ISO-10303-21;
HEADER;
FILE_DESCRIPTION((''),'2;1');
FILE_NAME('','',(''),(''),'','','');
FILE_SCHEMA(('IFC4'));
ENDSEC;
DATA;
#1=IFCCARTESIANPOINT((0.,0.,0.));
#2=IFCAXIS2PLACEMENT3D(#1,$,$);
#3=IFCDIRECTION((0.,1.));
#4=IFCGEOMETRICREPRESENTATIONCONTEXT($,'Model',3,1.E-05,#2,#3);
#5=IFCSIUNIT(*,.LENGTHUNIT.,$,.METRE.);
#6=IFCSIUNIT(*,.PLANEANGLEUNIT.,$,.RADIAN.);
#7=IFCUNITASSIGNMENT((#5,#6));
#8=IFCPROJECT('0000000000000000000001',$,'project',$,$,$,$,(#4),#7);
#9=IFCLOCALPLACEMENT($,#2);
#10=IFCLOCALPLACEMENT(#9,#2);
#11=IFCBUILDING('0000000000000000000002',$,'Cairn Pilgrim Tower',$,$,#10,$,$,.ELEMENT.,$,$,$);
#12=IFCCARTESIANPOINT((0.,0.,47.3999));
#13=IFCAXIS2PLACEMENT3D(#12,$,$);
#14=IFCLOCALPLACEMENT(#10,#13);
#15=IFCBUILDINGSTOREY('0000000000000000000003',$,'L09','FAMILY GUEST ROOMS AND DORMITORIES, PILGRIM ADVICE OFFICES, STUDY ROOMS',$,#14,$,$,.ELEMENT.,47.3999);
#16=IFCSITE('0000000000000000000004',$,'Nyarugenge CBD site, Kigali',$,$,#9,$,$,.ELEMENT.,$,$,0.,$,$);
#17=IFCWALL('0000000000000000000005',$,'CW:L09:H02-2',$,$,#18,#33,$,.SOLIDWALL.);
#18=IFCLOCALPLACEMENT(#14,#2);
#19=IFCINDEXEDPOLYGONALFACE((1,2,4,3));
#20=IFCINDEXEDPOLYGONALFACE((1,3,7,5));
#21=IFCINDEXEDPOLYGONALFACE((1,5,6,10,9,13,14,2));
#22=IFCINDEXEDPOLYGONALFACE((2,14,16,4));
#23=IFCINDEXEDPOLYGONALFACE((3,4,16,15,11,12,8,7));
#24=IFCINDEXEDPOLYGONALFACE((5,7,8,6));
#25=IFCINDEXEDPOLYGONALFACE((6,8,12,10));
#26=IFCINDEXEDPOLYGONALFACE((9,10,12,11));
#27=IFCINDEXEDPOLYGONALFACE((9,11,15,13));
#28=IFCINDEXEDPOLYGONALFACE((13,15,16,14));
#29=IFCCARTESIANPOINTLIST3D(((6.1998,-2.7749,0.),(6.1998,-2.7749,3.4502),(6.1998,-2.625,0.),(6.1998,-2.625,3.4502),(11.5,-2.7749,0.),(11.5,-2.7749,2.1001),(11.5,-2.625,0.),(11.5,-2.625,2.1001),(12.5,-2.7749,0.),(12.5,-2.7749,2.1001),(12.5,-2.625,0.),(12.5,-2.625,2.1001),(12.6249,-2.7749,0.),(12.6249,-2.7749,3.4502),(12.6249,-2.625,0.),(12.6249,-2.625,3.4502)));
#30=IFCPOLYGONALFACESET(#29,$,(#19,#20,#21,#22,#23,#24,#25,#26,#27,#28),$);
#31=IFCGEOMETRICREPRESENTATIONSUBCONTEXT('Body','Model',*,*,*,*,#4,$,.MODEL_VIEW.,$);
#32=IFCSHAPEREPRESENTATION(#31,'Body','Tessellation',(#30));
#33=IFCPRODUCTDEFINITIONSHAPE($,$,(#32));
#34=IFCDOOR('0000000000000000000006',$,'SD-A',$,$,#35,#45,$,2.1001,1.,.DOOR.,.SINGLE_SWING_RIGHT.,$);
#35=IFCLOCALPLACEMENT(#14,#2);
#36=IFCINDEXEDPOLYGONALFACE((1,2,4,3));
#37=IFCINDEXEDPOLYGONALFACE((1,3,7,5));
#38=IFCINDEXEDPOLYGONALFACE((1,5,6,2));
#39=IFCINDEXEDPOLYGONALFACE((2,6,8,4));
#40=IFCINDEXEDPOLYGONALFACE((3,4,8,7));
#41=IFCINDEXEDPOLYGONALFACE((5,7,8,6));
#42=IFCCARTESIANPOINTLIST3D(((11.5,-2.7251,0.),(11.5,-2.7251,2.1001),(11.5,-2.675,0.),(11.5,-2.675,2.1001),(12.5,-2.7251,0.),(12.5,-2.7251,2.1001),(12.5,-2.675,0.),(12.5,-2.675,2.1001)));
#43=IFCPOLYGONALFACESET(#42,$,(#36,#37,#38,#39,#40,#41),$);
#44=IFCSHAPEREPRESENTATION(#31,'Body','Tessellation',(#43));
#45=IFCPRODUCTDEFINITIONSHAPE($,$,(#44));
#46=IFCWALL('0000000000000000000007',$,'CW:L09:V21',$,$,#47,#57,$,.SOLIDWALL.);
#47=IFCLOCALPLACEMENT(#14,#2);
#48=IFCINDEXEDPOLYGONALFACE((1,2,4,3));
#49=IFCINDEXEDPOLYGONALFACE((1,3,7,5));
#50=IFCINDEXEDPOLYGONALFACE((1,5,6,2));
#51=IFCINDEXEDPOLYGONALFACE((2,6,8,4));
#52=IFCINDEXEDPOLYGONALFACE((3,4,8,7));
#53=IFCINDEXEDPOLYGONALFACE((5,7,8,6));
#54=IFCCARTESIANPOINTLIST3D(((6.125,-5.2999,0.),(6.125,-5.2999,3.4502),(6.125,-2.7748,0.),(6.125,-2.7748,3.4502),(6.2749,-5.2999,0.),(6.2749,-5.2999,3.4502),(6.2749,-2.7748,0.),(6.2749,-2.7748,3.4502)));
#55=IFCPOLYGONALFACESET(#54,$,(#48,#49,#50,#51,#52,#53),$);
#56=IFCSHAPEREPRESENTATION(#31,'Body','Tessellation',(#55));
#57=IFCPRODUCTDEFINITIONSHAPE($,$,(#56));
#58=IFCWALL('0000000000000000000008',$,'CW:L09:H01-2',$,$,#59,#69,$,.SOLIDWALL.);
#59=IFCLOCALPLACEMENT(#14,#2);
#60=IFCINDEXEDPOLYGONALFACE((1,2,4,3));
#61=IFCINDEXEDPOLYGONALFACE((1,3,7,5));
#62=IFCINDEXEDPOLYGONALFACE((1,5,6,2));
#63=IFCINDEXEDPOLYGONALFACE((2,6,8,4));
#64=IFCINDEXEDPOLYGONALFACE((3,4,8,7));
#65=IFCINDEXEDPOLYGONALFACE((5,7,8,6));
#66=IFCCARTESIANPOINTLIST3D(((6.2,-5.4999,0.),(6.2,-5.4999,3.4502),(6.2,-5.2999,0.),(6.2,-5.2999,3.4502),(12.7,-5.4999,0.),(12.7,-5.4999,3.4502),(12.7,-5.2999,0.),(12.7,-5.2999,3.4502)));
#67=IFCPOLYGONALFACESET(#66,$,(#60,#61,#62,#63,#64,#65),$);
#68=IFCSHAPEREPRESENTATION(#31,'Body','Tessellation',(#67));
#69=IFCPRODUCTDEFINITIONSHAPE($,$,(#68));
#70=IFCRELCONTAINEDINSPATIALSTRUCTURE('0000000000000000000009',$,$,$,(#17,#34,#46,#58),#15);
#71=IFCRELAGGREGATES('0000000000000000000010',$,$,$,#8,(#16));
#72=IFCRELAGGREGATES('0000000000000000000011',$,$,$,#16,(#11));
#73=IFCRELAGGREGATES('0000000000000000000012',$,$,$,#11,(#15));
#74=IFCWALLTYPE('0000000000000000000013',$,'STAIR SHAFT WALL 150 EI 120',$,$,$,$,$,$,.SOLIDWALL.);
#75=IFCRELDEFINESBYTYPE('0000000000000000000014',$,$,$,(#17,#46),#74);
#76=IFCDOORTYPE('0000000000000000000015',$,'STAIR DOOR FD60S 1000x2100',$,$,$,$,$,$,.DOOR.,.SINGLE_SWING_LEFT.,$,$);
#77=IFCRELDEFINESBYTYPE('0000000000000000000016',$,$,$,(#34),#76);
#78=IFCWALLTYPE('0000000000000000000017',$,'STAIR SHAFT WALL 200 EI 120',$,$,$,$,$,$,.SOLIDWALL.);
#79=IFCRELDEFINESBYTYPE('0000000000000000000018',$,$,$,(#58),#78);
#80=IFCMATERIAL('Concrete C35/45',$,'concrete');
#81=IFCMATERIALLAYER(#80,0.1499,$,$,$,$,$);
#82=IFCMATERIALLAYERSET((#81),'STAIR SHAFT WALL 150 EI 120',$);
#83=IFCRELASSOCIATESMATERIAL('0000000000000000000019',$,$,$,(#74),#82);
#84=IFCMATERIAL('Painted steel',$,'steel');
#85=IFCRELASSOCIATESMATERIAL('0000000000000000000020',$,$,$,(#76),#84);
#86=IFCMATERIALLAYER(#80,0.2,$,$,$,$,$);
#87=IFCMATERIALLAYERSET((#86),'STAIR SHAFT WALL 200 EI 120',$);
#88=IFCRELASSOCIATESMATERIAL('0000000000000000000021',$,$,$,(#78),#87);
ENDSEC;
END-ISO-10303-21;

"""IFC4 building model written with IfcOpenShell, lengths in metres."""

from ifc_helpers import new_model, si_unit, direction, frame, frame_2d, origin, place, context, subcontext, project, spatial, rectangle, extrude, material, layer, layer_set, type_object, element, fill, save


model = new_model("IFC4")

# Units and contexts
model_context = context("Model", 3, precision=1e-05, world=origin(), true_north=direction((0.0, 1.0)))
body_context = subcontext(model_context, "Body", "Model", "MODEL_VIEW")
ifc_project = project(units=[si_unit("LENGTHUNIT", "METRE"), si_unit("PLANEANGLEUNIT", "RADIAN")], contexts=[model_context])

# Site, building, storey
site_placement = place(None, origin())
site = spatial("IfcSite", under=ifc_project, at=site_placement, Name="Nyarugenge CBD site, Kigali", CompositionType="ELEMENT", RefElevation=0.0)
building_placement = place(site_placement, origin())
building = spatial("IfcBuilding", under=site, at=building_placement, Name="Cairn Pilgrim Tower", CompositionType="ELEMENT")
storey_placement = place(building_placement, frame((0.0, 0.0, 47.3999)))
storey = spatial("IfcBuildingStorey", under=building, at=storey_placement, Name="L09", Description="FAMILY GUEST ROOMS AND DORMITORIES, PILGRIM ADVICE OFFICES, STUDY ROOMS", CompositionType="ELEMENT", Elevation=47.3999)

# Wall, opening, door
ifc_material_1 = material(Name="Concrete C35/45", Category="concrete")
ifc_layer_1 = layer(ifc_material_1, 0.1499)
ifc_layer_set_1 = layer_set([ifc_layer_1], Name="STAIR SHAFT WALL 150 EI 120")
wall_type_1 = type_object("IfcWallType", Name="STAIR SHAFT WALL 150 EI 120", PredefinedType="SOLIDWALL", material=ifc_layer_set_1)
wall_1_placement = place(storey_placement, frame((6.2, -2.7, 0.0), z_axis=(0.0, 0.0, 1.0), x_axis=(1.0, 0.0, 0.0)))
wall_1 = element("IfcWall", 1, at=wall_1_placement, inside=storey, type_object=wall_type_1, Name="CW:L09:H02-2", PredefinedType="SOLIDWALL", context=body_context, shape_type="SweptSolid", body=[
    extrude(rectangle(XDim=6.425, YDim=0.1499, at=frame_2d((3.2124, 0.0))), origin(), (0.0, 0.0, 1.0), 3.4502),
])
opening_placement = place(wall_1_placement, frame((5.3, 0.0, 0.0)))
opening = element("IfcOpeningElement", 2, at=opening_placement, cuts=wall_1, PredefinedType="OPENING", context=body_context, shape_type="SweptSolid", body=[
    extrude(rectangle(XDim=1.0, YDim=2.1001, at=frame_2d((0.5, 1.05))), frame((0.0, 0.085, 0.0), z_axis=(0.0, -1.0, 0.0), x_axis=(1.0, 0.0, 0.0)), (0.0, 0.0, 1.0), 0.1699),
])
ifc_material_2 = material(Name="Painted steel", Category="steel")
door_type = type_object("IfcDoorType", Name="STAIR DOOR FD60S 1000x2100", OperationType="SINGLE_SWING_LEFT", PredefinedType="DOOR", material=ifc_material_2)
door_placement = place(opening_placement, origin())
door = element("IfcDoor", 3, at=door_placement, inside=storey, type_object=door_type, Name="SD-A", OperationType="SINGLE_SWING_RIGHT", OverallHeight=2.1001, OverallWidth=1.0, PredefinedType="DOOR", context=body_context, shape_type="SweptSolid", body=[
    extrude(rectangle(XDim=1.0, YDim=2.1001, at=frame_2d((0.5, 1.05))), frame((0.0, 0.0249, 0.0), z_axis=(0.0, -1.0, 0.0), x_axis=(1.0, 0.0, 0.0)), (0.0, 0.0, 1.0), 0.05),
])
fill(opening, door)

# Walls
wall_2_placement = place(storey_placement, frame((6.2, -5.3, 0.0), z_axis=(0.0, 0.0, 1.0), x_axis=(0.0, 1.0, 0.0)))
element("IfcWall", 4, at=wall_2_placement, inside=storey, type_object=wall_type_1, Name="CW:L09:V21", PredefinedType="SOLIDWALL", context=body_context, shape_type="SweptSolid", body=[
    extrude(rectangle(XDim=2.5251, YDim=0.1499, at=frame_2d((1.2627, 0.0))), origin(), (0.0, 0.0, 1.0), 3.4502),
])
ifc_layer_2 = layer(ifc_material_1, 0.2)
ifc_layer_set_2 = layer_set([ifc_layer_2], Name="STAIR SHAFT WALL 200 EI 120")
wall_type_2 = type_object("IfcWallType", Name="STAIR SHAFT WALL 200 EI 120", PredefinedType="SOLIDWALL", material=ifc_layer_set_2)
wall_3_placement = place(storey_placement, frame((6.2, -5.3999, 0.0), z_axis=(0.0, 0.0, 1.0), x_axis=(1.0, 0.0, 0.0)))
element("IfcWall", 5, at=wall_3_placement, inside=storey, type_object=wall_type_2, Name="CW:L09:H01-2", PredefinedType="SOLIDWALL", context=body_context, shape_type="SweptSolid", body=[
    extrude(rectangle(XDim=6.5, YDim=0.2, at=frame_2d((3.25, 0.0))), origin(), (0.0, 0.0, 1.0), 3.4502),
])

save(model, "model.ifc")
